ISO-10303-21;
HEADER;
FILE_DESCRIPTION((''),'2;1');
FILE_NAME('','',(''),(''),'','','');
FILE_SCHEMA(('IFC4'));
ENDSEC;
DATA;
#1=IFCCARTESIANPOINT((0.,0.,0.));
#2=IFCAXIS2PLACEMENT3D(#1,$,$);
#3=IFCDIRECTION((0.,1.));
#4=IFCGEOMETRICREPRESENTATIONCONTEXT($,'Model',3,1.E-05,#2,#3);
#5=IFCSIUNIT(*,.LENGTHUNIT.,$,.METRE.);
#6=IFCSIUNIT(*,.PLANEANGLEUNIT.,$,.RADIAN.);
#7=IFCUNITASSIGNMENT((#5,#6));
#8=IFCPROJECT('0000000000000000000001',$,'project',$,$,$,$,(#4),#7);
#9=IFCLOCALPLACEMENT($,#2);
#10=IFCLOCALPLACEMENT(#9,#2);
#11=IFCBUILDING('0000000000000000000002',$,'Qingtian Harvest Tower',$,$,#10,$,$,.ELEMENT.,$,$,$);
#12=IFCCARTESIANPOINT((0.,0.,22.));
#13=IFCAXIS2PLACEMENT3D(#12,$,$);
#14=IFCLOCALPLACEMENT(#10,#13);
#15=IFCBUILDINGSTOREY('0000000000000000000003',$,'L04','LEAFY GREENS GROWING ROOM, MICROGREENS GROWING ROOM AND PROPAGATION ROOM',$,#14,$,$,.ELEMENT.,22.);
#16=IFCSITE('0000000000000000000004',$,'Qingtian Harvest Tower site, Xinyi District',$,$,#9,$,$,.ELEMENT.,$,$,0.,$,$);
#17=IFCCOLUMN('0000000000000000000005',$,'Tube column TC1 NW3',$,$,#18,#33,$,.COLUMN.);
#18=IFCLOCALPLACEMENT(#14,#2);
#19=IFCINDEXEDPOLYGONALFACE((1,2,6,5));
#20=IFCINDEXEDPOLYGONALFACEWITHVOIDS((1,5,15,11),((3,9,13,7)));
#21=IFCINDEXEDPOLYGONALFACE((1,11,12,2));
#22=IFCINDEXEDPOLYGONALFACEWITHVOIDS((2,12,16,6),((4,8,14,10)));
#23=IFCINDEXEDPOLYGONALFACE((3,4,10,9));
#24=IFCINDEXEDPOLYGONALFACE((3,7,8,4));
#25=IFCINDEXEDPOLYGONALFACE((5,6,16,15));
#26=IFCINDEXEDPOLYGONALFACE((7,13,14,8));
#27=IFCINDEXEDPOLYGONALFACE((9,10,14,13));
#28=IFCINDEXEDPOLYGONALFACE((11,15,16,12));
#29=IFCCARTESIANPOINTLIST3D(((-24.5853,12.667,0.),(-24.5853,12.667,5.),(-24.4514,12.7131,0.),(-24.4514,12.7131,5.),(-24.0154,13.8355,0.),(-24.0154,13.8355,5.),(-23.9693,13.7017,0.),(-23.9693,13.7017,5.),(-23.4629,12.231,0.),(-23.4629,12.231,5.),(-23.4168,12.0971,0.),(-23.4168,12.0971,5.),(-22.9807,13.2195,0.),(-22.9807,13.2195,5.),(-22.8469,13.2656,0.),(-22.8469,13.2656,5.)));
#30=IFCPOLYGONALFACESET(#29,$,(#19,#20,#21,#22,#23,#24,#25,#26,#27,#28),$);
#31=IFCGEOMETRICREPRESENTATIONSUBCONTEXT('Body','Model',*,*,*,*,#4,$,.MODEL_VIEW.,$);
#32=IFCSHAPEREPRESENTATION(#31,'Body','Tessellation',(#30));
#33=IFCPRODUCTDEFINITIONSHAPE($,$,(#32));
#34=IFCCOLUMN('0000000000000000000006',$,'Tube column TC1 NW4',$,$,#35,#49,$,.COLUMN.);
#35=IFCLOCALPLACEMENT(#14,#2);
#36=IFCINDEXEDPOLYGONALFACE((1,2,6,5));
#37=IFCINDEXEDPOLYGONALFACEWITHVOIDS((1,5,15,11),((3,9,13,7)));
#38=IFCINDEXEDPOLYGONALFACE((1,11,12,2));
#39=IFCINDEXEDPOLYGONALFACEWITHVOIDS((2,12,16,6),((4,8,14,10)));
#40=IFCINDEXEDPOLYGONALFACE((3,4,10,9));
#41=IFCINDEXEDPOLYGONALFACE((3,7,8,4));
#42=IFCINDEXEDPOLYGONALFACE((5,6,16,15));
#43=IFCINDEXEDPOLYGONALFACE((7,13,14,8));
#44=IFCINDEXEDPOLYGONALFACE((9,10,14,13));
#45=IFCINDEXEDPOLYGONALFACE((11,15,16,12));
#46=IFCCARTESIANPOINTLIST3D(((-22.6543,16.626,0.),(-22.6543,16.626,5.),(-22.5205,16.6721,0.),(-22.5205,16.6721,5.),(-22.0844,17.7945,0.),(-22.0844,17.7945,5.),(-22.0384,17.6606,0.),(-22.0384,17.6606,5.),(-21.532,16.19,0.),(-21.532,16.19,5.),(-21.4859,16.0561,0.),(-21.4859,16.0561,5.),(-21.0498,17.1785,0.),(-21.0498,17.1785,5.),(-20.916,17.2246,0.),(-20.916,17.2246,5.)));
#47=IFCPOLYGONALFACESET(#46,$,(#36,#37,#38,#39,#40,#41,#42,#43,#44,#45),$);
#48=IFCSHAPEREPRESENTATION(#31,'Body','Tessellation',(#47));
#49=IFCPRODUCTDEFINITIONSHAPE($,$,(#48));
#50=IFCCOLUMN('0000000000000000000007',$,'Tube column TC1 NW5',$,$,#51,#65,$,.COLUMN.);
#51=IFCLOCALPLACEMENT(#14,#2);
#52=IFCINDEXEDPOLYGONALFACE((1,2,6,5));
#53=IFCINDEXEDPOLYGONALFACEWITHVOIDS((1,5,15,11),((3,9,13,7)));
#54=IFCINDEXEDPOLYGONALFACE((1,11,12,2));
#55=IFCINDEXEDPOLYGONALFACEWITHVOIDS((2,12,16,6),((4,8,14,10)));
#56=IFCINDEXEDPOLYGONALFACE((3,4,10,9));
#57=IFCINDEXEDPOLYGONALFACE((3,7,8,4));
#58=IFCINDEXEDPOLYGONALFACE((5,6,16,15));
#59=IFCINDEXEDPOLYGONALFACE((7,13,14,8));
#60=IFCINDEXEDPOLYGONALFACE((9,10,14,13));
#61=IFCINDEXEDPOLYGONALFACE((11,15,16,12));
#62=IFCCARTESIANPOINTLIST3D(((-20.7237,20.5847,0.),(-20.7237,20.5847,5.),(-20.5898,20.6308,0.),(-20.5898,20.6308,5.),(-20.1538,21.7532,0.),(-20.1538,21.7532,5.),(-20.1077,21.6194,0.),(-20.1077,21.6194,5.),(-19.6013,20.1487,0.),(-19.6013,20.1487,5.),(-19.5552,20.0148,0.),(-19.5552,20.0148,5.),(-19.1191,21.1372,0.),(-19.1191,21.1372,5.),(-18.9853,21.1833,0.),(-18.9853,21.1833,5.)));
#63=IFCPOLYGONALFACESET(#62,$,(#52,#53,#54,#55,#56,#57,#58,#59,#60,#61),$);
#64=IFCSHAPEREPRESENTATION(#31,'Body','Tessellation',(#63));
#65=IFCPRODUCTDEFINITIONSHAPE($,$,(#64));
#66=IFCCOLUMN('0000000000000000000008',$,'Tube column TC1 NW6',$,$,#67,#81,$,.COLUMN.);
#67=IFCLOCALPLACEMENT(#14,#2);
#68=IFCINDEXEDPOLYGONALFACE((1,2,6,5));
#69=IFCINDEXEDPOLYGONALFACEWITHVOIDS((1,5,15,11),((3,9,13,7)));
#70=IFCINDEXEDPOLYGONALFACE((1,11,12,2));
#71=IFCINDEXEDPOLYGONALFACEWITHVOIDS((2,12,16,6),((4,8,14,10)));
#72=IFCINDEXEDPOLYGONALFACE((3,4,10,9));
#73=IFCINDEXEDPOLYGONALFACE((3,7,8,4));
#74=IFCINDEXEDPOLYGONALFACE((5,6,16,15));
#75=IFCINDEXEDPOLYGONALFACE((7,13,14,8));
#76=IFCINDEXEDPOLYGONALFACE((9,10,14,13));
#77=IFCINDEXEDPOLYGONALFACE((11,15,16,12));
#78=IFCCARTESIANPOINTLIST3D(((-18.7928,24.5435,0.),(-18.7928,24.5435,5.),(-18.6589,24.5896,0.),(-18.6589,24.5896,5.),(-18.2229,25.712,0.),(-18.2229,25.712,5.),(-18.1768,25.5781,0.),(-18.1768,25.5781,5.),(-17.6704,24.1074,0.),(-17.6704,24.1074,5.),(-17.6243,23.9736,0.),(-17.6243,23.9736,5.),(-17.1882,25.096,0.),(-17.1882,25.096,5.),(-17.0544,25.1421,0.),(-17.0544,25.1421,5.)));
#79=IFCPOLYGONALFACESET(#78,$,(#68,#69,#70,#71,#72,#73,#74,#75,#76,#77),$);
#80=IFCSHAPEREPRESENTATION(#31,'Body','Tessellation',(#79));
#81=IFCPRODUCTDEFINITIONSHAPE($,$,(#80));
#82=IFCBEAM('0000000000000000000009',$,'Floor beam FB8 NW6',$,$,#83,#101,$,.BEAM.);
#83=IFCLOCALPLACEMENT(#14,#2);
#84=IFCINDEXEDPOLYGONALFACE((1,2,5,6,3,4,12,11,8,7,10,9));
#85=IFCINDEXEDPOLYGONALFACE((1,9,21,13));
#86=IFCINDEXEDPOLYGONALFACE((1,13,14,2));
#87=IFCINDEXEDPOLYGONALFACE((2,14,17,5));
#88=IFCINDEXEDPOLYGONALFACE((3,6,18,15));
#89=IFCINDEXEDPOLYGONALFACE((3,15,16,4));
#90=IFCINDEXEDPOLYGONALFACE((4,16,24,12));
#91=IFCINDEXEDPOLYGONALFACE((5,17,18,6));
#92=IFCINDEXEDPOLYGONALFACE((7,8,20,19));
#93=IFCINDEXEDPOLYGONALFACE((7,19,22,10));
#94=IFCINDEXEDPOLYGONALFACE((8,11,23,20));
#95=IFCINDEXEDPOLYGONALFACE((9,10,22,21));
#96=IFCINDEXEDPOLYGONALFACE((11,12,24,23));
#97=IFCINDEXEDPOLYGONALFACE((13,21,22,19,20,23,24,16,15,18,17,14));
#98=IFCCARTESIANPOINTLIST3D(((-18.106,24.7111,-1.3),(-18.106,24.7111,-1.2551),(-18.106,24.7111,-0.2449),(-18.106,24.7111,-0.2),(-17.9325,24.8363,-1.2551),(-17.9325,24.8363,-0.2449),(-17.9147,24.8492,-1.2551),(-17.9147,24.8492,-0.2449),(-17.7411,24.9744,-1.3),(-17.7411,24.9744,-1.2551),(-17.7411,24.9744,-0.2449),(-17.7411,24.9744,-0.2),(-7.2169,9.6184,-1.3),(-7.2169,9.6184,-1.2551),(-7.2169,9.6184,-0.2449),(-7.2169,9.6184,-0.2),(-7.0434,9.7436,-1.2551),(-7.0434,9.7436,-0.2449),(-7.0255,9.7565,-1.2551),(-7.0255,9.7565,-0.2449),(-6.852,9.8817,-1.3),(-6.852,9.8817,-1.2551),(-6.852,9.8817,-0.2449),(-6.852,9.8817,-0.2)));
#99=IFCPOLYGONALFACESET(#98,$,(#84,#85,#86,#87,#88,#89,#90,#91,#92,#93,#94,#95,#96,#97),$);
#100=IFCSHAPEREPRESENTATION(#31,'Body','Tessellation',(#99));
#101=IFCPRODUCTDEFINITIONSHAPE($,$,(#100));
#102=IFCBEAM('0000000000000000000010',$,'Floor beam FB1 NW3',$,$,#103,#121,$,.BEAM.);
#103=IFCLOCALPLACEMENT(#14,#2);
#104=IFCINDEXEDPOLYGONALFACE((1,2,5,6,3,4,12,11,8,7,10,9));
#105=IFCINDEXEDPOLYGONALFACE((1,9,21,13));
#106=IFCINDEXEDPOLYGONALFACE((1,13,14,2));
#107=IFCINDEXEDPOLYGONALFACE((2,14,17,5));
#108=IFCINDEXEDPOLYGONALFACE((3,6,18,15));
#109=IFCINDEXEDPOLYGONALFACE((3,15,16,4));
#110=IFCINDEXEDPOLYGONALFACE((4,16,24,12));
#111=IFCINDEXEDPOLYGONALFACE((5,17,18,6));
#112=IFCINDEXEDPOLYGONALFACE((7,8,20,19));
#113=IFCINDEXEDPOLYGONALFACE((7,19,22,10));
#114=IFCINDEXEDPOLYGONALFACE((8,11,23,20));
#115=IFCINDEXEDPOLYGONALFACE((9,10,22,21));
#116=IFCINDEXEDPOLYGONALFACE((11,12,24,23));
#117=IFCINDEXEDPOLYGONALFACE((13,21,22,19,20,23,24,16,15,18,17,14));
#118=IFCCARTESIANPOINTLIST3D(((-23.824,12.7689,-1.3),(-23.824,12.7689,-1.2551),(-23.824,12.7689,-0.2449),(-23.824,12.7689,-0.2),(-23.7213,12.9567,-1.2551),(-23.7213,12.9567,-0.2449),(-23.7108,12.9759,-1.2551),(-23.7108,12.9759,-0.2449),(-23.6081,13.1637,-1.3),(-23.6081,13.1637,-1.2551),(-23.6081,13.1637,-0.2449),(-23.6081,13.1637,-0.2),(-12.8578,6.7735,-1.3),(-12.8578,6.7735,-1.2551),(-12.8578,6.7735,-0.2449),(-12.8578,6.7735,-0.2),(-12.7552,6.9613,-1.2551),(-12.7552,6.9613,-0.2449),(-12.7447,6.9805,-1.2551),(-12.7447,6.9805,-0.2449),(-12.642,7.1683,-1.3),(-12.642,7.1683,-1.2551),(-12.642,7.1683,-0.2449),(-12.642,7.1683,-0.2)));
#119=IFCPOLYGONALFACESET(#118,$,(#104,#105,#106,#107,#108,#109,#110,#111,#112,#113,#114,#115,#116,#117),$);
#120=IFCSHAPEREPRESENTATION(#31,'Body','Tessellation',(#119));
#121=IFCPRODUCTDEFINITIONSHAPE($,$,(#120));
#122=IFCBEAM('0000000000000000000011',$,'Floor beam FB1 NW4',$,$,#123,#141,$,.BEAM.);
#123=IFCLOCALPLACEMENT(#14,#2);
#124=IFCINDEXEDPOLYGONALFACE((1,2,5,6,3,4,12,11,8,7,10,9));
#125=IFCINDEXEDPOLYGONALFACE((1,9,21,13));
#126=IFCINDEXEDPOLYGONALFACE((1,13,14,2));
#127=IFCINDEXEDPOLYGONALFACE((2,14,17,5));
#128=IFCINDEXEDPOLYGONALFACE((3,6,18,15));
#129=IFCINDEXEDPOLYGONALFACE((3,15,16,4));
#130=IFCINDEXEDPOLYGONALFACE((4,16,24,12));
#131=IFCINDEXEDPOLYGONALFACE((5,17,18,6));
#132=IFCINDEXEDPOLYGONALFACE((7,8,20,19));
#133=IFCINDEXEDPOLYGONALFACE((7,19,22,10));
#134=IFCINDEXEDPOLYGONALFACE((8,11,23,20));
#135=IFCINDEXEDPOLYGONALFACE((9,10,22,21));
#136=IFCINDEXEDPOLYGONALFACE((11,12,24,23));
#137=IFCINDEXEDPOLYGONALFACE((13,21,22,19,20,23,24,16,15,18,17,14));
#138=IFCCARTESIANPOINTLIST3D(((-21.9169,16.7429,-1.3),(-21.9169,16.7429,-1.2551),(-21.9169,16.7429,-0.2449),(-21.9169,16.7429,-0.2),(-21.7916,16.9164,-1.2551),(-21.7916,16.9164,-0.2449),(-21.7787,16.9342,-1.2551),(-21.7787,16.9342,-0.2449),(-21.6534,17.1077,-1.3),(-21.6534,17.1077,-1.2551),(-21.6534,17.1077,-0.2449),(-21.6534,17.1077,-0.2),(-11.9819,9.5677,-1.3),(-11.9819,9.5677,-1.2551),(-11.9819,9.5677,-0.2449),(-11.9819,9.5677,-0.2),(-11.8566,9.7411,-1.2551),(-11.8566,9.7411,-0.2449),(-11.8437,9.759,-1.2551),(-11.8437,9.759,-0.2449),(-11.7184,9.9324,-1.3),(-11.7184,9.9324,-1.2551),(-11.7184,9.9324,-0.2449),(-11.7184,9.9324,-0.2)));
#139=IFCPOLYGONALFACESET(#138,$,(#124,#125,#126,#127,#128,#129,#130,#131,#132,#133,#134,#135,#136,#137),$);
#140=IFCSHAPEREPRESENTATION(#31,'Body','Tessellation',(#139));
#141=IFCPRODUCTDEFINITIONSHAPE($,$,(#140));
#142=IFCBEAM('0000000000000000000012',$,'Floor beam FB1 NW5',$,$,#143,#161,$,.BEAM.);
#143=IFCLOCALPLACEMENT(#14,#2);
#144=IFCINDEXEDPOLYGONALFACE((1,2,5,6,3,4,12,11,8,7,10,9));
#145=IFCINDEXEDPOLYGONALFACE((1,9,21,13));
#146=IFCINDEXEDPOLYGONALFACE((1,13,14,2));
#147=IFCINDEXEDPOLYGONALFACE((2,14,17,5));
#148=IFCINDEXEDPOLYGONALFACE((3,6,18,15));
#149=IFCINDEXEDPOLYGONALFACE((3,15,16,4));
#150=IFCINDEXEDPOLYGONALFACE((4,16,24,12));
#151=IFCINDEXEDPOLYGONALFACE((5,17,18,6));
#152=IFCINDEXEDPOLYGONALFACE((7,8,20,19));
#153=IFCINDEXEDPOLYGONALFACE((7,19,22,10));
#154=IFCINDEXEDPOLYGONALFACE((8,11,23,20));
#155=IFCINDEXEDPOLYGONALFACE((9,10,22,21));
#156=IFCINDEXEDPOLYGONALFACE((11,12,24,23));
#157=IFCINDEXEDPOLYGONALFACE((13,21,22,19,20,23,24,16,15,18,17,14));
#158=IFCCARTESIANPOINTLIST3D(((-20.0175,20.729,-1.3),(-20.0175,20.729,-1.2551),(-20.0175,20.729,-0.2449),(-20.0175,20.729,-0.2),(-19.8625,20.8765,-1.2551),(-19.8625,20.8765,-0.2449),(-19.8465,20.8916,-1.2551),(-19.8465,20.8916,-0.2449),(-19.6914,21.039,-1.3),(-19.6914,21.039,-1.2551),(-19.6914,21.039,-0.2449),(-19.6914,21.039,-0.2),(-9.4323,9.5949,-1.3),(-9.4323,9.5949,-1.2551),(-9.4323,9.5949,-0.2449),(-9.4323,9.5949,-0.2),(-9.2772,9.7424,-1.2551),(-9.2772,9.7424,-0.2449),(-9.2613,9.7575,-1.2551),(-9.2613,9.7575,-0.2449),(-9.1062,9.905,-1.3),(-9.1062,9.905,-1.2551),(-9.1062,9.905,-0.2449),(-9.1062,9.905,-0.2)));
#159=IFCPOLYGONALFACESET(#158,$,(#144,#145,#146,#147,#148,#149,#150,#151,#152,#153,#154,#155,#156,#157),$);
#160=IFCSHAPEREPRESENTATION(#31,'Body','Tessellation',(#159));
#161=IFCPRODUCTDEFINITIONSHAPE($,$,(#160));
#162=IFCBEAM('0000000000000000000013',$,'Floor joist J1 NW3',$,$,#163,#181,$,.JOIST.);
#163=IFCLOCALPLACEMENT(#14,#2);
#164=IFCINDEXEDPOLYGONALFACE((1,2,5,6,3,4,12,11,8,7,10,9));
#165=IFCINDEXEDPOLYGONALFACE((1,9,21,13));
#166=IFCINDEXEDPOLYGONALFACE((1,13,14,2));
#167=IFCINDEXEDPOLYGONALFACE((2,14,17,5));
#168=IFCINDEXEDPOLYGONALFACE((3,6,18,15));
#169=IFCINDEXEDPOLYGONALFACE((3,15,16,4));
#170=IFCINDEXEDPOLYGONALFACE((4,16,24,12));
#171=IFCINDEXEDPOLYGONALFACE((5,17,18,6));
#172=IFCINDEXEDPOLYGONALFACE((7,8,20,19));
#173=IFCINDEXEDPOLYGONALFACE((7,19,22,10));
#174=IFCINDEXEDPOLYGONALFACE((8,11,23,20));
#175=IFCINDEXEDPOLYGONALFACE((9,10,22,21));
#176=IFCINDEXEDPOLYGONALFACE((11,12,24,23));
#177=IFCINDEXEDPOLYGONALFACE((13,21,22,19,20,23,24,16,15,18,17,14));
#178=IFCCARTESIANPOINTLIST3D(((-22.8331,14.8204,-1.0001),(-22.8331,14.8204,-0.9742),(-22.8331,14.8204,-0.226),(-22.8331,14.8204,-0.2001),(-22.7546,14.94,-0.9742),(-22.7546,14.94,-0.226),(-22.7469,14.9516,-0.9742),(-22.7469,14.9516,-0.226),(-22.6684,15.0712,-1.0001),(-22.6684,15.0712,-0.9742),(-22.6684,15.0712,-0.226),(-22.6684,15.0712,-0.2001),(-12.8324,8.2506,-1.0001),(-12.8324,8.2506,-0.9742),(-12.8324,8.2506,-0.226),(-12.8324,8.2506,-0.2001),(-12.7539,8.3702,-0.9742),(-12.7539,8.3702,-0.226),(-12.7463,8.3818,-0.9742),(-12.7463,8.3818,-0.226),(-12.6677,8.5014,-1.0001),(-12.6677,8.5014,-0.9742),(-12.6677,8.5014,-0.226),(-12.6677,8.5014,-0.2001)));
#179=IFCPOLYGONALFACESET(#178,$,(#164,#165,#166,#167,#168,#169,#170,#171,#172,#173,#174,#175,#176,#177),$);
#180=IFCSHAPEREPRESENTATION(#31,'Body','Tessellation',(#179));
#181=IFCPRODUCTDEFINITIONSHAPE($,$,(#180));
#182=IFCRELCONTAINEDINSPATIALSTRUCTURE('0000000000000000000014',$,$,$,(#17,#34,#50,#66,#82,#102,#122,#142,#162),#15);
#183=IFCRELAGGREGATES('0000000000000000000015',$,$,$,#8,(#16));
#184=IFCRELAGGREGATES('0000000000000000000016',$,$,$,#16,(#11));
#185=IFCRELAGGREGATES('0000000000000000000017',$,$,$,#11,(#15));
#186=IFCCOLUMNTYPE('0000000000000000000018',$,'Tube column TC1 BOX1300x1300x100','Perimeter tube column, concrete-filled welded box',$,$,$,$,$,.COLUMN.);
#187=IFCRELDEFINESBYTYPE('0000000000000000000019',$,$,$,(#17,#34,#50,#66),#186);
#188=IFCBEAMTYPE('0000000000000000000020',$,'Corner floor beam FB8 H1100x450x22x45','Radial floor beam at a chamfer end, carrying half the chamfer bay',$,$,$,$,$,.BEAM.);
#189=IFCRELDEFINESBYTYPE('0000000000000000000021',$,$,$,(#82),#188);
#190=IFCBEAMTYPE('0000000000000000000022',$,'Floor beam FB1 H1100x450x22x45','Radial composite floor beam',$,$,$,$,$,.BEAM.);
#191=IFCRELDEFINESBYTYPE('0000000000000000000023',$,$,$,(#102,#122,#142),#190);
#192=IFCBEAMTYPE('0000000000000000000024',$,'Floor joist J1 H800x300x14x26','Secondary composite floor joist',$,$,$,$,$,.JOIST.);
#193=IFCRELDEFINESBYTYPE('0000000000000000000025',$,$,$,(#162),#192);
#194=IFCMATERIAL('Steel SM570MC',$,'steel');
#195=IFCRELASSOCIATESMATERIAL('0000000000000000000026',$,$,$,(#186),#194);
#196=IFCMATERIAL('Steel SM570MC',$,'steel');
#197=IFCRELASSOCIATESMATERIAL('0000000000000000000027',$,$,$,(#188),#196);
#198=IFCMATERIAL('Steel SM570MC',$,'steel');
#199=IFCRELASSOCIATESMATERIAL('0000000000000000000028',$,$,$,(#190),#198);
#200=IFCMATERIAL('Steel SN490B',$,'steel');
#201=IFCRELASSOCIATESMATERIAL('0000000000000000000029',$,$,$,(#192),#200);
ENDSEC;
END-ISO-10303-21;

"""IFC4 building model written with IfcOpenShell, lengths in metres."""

from ifc_helpers import new_model, si_unit, direction, frame, origin, origin_2d, place, context, subcontext, project, spatial, hollow_rectangle, i_section, extrude, material, material_profile, profile_set, type_object, element, save


model = new_model("IFC4")

# Units and contexts
model_context = context("Model", 3, precision=1e-05, world=origin(), true_north=direction((0.0, 1.0)))
body_context = subcontext(model_context, "Body", "Model", "MODEL_VIEW")
ifc_project = project(units=[si_unit("LENGTHUNIT", "METRE"), si_unit("PLANEANGLEUNIT", "RADIAN")], contexts=[model_context])

# Site, building, storey
site_placement = place(None, origin())
site = spatial("IfcSite", under=ifc_project, at=site_placement, Name="Qingtian Harvest Tower site, Xinyi District", CompositionType="ELEMENT", RefElevation=0.0)
building_placement = place(site_placement, origin())
building = spatial("IfcBuilding", under=site, at=building_placement, Name="Qingtian Harvest Tower", CompositionType="ELEMENT")
storey_placement = place(building_placement, frame((0.0, 0.0, 22.0)))
storey = spatial("IfcBuildingStorey", under=building, at=storey_placement, Name="L04", Description="LEAFY GREENS GROWING ROOM, MICROGREENS GROWING ROOM AND PROPAGATION ROOM", CompositionType="ELEMENT", Elevation=22.0)

# Columns
ifc_material_1 = material(Name="Steel SM570MC", Category="steel")
ifc_material_profile_1 = material_profile(ifc_material_1, hollow_rectangle(XDim=1.3, YDim=1.3, WallThickness=0.1001, at=origin_2d()), Name="BOX1300x1300x100")
ifc_profile_set_1 = profile_set([ifc_material_profile_1], Name="Steel SM570MC")
column_type = type_object("IfcColumnType", Name="Tube column TC1 BOX1300x1300x100", Description="Perimeter tube column, concrete-filled welded box", PredefinedType="COLUMN", material=ifc_profile_set_1)
for number, where, z_axis, x_axis, name in (
    (1, (-23.7161, 12.9663, 0.0), (0.0, 0.0, 1.0), (-0.438371, -0.898794, 0.0), "Tube column TC1 NW3"),
    (2, (-21.7852, 16.9253, 0.0), (0.0, 0.0, 1.0), (-0.438371, -0.898794, 0.0), "Tube column TC1 NW4"),
    (3, (-19.8545, 20.884, 0.0), (0.0, 0.0, 1.0), (-0.438371, -0.898794, 0.0), "Tube column TC1 NW5"),
    (4, (-17.9236, 24.8428, 0.0), (0.0, 0.0, 1.0), (-0.438371, -0.898794, 0.0), "Tube column TC1 NW6"),
):
    element("IfcColumn", number, at=place(storey_placement, frame(where, z_axis=z_axis, x_axis=x_axis)), inside=storey, type_object=column_type, Name=name, PredefinedType="COLUMN", context=body_context, shape_type="SweptSolid", body=[
        extrude(hollow_rectangle(XDim=1.3, YDim=1.3, WallThickness=0.1001, at=origin_2d()), origin(), (0.0, 0.0, 1.0), 5.0),
    ])

# Beams
ifc_material_2 = material(Name="Steel SM570MC", Category="steel")
ifc_material_profile_2 = material_profile(ifc_material_2, i_section(OverallWidth=0.45, OverallDepth=1.1001, WebThickness=0.022, FlangeThickness=0.0449, at=origin_2d()), Name="H1100x450x22x45")
ifc_profile_set_2 = profile_set([ifc_material_profile_2], Name="Steel SM570MC")
beam_type_1 = type_object("IfcBeamType", Name="Corner floor beam FB8 H1100x450x22x45", Description="Radial floor beam at a chamfer end, carrying half the chamfer bay", PredefinedType="BEAM", material=ifc_profile_set_2)
beam_1_placement = place(storey_placement, frame((-17.9236, 24.8428, -0.75), z_axis=(0.585096, -0.810964, 0.0), x_axis=(0.810964, 0.585096, 0.0)))
element("IfcBeam", 5, at=beam_1_placement, inside=storey, type_object=beam_type_1, Name="Floor beam FB8 NW6", PredefinedType="BEAM", context=body_context, shape_type="SweptSolid", body=[
    extrude(i_section(OverallWidth=0.45, OverallDepth=1.1001, WebThickness=0.022, FlangeThickness=0.0449, at=origin_2d()), origin(), (0.0, 0.0, 1.0), 18.6108),
])
ifc_material_3 = material(Name="Steel SM570MC", Category="steel")
ifc_material_profile_3 = material_profile(ifc_material_3, i_section(OverallWidth=0.45, OverallDepth=1.1001, WebThickness=0.022, FlangeThickness=0.0449, at=origin_2d()), Name="H1100x450x22x45")
ifc_profile_set_3 = profile_set([ifc_material_profile_3], Name="Steel SM570MC")
beam_type_2 = type_object("IfcBeamType", Name="Floor beam FB1 H1100x450x22x45", Description="Radial composite floor beam", PredefinedType="BEAM", material=ifc_profile_set_3)
beam_2_placement = place(storey_placement, frame((-23.7161, 12.9663, -0.75), z_axis=(0.877429, -0.479707, 0.0), x_axis=(0.479707, 0.877429, 0.0)))
element("IfcBeam", 6, at=beam_2_placement, inside=storey, type_object=beam_type_2, Name="Floor beam FB1 NW3", PredefinedType="BEAM", context=body_context, shape_type="SweptSolid", body=[
    extrude(i_section(OverallWidth=0.45, OverallDepth=1.1001, WebThickness=0.022, FlangeThickness=0.0449, at=origin_2d()), origin(), (0.0, 0.0, 1.0), 12.498),
])
beam_3_placement = place(storey_placement, frame((-21.7852, 16.9253, -0.75), z_axis=(0.81068, -0.585489, 0.0), x_axis=(0.585489, 0.81068, 0.0)))
element("IfcBeam", 7, at=beam_3_placement, inside=storey, type_object=beam_type_2, Name="Floor beam FB1 NW4", PredefinedType="BEAM", context=body_context, shape_type="SweptSolid", body=[
    extrude(i_section(OverallWidth=0.45, OverallDepth=1.1001, WebThickness=0.022, FlangeThickness=0.0449, at=origin_2d()), origin(), (0.0, 0.0, 1.0), 12.2551),
])
beam_4_placement = place(storey_placement, frame((-19.8545, 20.884, -0.75), z_axis=(0.689019, -0.724743, 0.0), x_axis=(0.724743, 0.689019, 0.0)))
element("IfcBeam", 8, at=beam_4_placement, inside=storey, type_object=beam_type_2, Name="Floor beam FB1 NW5", PredefinedType="BEAM", context=body_context, shape_type="SweptSolid", body=[
    extrude(i_section(OverallWidth=0.45, OverallDepth=1.1001, WebThickness=0.022, FlangeThickness=0.0449, at=origin_2d()), origin(), (0.0, 0.0, 1.0), 15.3628),
])
ifc_material_4 = material(Name="Steel SN490B", Category="steel")
ifc_material_profile_4 = material_profile(ifc_material_4, i_section(OverallWidth=0.3, OverallDepth=0.8, WebThickness=0.0139, FlangeThickness=0.0259, at=origin_2d()), Name="H800x300x14x26")
ifc_profile_set_4 = profile_set([ifc_material_profile_4], Name="Steel SN490B")
beam_type_3 = type_object("IfcBeamType", Name="Floor joist J1 H800x300x14x26", Description="Secondary composite floor joist", PredefinedType="JOIST", material=ifc_profile_set_4)
beam_5_placement = place(storey_placement, frame((-22.7507, 14.9458, -0.6001), z_axis=(0.835785, -0.549056, 0.0), x_axis=(0.549056, 0.835785, 0.0)))
element("IfcBeam", 9, at=beam_5_placement, inside=storey, type_object=beam_type_3, Name="Floor joist J1 NW3", PredefinedType="JOIST", context=body_context, shape_type="SweptSolid", body=[
    extrude(i_section(OverallWidth=0.3, OverallDepth=0.8, WebThickness=0.0139, FlangeThickness=0.0259, at=origin_2d()), origin(), (0.0, 0.0, 1.0), 11.9656),
])

save(model, "model.ifc")
